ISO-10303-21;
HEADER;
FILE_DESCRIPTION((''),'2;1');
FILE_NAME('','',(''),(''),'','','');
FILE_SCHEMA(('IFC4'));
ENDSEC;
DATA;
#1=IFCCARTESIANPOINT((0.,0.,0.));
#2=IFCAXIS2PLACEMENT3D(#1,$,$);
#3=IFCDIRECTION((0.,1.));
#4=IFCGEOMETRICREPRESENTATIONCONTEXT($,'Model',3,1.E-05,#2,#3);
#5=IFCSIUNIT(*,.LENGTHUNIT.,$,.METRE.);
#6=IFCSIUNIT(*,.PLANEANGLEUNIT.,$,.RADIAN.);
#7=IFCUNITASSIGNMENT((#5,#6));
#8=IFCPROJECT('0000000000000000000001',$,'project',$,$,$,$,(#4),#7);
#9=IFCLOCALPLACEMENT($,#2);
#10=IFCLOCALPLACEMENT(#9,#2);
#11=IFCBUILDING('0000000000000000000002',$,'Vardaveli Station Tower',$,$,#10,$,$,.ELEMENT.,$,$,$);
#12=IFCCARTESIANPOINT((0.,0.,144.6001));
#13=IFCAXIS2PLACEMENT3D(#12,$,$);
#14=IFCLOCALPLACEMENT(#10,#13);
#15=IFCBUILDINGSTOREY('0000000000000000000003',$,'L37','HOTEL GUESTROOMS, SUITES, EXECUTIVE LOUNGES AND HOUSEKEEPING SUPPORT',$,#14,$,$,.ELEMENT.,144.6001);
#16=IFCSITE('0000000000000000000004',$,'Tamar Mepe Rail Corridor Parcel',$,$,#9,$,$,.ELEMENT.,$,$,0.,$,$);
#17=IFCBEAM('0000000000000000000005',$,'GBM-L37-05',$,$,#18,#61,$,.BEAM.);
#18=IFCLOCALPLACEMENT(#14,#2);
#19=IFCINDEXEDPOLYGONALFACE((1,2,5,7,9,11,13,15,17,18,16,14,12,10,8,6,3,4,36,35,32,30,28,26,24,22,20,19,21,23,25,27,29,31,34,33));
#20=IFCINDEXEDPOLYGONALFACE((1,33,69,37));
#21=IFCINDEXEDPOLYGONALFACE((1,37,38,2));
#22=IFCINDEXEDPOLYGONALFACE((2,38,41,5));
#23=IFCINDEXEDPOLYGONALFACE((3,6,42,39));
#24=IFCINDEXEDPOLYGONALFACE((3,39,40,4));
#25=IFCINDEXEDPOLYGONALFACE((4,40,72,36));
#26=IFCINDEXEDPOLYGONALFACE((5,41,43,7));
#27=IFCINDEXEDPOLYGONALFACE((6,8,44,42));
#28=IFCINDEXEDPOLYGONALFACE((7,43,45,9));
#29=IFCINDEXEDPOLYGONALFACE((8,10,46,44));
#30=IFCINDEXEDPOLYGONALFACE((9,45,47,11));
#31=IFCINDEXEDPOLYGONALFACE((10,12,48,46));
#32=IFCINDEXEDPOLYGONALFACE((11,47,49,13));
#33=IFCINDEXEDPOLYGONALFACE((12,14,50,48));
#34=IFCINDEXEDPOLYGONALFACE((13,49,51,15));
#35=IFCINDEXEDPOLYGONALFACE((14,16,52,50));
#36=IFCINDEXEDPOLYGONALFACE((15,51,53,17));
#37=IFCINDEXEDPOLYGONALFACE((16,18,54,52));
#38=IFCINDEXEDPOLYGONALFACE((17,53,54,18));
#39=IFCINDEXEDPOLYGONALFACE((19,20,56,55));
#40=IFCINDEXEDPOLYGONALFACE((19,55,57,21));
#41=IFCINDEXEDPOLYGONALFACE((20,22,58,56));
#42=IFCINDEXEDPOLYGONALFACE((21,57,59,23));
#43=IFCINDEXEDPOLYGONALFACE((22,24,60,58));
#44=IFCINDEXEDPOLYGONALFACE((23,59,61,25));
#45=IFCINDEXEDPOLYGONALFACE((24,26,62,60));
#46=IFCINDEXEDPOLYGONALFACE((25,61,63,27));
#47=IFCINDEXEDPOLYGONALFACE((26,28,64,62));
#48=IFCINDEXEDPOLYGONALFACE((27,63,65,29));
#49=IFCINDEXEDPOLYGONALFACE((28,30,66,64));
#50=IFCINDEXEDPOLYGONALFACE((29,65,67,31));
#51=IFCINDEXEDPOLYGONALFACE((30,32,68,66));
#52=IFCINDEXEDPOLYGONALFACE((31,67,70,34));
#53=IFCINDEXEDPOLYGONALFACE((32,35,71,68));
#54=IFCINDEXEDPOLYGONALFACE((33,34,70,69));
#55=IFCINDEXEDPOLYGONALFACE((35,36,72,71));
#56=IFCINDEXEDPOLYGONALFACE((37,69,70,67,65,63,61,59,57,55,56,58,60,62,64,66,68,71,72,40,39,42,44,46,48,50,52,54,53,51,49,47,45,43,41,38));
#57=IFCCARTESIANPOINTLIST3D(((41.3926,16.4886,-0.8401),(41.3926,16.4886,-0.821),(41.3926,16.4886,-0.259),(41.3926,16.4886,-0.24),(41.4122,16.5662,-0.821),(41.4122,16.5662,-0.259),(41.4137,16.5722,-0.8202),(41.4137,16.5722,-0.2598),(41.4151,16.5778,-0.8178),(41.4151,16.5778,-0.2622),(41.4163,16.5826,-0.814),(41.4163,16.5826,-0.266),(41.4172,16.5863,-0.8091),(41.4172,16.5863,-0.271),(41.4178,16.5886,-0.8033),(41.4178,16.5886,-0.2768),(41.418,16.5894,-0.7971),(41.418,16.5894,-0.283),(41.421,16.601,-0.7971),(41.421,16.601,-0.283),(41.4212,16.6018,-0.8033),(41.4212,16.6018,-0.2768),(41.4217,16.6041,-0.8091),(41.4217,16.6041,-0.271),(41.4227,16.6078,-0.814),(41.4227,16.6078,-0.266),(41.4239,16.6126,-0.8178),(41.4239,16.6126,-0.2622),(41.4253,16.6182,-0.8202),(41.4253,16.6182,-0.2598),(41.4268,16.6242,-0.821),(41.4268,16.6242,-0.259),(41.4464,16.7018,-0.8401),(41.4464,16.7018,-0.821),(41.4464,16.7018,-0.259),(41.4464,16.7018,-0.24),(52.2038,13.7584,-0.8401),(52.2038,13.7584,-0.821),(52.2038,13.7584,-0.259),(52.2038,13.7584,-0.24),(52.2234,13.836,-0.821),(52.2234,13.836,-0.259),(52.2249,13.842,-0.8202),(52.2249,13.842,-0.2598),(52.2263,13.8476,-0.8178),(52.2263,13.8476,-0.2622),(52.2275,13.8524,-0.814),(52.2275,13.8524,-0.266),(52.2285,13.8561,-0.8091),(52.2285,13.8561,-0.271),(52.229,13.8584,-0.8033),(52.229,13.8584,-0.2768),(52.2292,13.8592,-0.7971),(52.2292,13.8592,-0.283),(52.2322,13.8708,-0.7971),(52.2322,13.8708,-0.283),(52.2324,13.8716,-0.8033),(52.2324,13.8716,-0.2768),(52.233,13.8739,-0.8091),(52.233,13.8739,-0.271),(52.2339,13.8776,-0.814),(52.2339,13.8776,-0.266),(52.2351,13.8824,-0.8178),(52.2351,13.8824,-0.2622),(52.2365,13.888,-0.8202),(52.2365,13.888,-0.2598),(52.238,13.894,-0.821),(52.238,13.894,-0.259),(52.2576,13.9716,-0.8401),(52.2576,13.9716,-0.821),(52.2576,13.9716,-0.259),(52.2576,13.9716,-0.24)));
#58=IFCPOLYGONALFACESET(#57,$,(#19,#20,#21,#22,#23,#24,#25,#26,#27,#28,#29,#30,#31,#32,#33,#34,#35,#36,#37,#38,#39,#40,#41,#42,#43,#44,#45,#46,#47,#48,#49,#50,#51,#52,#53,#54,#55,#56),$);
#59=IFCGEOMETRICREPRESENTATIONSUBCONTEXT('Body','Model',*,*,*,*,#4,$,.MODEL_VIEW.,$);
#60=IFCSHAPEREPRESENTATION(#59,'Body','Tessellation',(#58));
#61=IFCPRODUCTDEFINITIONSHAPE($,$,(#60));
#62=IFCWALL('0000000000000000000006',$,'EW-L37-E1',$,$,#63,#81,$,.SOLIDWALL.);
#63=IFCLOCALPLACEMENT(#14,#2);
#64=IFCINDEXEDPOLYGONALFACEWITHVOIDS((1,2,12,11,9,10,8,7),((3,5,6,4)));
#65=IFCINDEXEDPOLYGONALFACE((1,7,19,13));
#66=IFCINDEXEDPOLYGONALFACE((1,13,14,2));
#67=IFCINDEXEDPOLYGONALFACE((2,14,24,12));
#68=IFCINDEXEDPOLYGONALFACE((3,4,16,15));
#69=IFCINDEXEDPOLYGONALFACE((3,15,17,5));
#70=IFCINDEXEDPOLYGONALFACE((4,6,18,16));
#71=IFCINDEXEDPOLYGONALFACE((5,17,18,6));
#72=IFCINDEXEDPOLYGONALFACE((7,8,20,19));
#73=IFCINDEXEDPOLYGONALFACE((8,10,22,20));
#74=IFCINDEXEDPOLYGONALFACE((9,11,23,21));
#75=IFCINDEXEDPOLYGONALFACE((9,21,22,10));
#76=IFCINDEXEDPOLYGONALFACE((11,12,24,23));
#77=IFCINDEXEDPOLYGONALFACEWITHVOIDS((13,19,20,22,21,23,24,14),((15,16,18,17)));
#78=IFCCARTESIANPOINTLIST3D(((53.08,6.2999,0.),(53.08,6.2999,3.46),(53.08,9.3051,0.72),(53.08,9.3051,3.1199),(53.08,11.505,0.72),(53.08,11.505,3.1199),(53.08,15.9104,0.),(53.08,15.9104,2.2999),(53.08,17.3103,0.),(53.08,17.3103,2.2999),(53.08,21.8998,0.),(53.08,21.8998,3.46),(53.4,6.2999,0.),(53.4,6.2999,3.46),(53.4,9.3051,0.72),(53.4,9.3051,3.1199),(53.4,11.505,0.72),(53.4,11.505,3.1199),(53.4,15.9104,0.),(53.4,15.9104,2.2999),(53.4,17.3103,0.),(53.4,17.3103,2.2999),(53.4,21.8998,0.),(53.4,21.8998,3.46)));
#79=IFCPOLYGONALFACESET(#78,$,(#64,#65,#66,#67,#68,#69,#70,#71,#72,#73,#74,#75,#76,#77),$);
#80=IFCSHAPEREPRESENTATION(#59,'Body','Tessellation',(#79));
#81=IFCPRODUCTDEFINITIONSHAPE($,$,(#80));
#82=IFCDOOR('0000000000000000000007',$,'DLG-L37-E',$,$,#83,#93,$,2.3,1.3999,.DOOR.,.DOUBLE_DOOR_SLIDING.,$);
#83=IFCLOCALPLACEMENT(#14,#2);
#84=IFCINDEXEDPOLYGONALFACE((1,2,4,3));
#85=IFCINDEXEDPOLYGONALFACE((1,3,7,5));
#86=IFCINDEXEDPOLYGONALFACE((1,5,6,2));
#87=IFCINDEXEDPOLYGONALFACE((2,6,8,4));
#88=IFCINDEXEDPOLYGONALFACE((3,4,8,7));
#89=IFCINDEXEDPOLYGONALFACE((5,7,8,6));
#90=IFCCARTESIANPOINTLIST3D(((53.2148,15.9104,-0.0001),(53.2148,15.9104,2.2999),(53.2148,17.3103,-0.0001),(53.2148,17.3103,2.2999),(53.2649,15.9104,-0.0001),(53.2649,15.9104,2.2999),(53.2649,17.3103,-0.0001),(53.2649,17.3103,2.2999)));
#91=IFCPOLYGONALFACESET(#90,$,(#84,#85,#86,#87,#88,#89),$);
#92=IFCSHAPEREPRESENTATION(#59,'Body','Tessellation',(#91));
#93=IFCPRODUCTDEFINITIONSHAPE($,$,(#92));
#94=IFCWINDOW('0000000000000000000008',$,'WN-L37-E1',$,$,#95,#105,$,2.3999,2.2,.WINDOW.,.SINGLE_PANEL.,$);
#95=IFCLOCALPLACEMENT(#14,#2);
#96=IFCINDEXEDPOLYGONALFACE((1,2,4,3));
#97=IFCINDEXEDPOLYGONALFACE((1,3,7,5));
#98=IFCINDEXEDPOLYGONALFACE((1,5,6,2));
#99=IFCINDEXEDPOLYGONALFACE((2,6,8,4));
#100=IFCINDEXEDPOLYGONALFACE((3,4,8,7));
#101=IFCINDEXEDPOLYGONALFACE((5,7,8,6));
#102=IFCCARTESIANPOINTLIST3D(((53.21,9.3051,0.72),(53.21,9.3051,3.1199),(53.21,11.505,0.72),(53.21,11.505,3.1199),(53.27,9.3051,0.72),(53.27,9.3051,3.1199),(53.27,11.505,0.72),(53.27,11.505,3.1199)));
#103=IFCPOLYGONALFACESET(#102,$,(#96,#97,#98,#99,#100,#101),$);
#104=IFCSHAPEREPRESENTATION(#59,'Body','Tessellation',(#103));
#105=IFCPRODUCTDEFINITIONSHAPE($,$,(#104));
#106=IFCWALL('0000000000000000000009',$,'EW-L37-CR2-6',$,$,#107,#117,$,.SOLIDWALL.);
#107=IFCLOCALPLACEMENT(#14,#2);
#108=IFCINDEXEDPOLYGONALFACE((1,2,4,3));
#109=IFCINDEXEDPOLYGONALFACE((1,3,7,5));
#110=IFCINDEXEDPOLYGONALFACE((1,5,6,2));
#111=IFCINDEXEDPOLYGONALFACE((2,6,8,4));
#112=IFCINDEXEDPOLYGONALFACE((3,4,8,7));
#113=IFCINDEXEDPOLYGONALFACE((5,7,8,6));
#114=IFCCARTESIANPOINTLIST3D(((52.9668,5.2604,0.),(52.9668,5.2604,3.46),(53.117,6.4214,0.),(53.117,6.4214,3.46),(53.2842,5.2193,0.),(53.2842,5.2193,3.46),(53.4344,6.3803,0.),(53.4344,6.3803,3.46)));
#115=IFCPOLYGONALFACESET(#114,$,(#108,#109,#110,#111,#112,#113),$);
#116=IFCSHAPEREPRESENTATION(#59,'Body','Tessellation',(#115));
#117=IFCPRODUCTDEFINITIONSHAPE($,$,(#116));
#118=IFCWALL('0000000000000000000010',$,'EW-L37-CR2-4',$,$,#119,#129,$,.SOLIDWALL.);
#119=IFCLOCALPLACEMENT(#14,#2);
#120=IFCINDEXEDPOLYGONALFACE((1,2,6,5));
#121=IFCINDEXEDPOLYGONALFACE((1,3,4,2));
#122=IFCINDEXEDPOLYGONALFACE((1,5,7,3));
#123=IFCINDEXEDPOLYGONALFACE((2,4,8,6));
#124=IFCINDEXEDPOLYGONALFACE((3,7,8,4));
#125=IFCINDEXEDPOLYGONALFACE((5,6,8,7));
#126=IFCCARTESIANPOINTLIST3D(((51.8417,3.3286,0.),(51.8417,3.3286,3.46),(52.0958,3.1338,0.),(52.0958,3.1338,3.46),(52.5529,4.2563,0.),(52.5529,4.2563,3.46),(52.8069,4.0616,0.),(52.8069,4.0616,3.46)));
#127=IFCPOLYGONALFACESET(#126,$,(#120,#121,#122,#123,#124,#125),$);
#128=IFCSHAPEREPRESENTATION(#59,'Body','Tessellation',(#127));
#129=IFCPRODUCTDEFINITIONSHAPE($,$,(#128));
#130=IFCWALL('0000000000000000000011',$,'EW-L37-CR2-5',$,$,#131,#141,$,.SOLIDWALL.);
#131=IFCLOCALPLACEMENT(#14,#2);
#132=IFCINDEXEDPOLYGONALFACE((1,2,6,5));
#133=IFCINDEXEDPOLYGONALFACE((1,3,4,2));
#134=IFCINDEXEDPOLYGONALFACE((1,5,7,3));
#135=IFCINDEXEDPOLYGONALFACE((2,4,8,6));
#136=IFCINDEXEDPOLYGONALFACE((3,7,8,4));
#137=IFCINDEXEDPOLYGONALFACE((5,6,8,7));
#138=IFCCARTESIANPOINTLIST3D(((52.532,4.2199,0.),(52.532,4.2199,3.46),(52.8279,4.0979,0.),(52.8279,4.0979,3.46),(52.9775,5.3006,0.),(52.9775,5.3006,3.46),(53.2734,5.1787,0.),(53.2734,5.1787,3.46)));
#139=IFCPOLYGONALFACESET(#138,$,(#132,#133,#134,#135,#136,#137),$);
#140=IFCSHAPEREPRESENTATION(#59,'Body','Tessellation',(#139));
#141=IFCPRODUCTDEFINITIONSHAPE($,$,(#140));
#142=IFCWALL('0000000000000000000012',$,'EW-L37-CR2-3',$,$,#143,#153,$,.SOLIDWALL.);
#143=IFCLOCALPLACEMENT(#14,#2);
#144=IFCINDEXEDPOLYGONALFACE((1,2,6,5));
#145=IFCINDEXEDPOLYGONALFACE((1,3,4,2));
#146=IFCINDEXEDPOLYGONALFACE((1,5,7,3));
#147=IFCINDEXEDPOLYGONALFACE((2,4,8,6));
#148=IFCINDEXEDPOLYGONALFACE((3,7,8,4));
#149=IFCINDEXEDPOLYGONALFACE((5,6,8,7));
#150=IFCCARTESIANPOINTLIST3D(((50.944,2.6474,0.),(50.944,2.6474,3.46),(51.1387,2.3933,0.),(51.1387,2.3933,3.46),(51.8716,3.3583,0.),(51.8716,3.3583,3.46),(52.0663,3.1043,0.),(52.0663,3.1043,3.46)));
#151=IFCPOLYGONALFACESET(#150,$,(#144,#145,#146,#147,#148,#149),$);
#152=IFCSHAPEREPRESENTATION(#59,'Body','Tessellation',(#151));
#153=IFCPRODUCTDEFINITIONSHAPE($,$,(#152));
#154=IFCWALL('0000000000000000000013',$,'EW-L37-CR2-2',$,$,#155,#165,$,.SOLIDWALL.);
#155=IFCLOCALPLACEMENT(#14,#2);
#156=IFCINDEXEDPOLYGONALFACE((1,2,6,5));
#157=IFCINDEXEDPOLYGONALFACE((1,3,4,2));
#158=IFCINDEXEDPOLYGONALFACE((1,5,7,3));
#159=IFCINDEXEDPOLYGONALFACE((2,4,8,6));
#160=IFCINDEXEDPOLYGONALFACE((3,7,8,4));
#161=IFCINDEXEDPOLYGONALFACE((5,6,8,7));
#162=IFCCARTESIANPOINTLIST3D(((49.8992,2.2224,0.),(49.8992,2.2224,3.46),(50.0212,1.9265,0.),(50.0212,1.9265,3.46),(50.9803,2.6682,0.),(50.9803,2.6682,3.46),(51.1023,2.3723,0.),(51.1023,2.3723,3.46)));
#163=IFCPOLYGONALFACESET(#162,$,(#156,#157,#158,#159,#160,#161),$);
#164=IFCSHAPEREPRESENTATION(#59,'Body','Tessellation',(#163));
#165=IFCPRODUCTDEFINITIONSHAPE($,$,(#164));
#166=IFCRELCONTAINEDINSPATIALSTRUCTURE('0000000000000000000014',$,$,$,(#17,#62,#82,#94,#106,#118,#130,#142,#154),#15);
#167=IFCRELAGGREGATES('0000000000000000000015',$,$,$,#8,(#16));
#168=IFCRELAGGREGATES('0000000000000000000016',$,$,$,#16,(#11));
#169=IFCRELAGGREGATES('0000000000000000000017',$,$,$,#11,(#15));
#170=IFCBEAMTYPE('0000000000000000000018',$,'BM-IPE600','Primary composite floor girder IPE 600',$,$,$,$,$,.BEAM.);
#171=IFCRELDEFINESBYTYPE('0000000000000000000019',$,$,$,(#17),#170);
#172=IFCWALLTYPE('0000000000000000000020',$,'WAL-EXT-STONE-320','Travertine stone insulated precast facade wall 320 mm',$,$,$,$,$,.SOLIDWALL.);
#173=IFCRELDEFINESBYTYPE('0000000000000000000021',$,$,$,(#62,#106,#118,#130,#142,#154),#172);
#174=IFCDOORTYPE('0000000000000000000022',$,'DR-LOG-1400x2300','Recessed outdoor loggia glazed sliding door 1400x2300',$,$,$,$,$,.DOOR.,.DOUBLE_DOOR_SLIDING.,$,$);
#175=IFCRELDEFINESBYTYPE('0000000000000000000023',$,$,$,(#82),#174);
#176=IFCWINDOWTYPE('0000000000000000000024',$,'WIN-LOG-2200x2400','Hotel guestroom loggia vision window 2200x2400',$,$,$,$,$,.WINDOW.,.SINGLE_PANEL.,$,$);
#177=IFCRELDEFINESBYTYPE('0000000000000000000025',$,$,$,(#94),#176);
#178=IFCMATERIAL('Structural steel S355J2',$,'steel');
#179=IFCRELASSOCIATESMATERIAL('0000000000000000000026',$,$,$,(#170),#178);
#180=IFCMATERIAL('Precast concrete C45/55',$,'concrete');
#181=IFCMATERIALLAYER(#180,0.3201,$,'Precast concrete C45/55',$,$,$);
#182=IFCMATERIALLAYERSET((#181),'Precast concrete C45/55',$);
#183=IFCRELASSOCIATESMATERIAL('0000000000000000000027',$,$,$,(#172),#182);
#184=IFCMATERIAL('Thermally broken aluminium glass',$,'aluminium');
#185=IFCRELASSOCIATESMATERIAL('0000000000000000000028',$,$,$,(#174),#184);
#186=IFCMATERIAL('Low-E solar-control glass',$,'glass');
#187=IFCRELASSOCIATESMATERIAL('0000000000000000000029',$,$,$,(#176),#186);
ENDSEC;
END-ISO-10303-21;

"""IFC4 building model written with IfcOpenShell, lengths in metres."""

from ifc_helpers import new_model, si_unit, direction, frame, frame_2d, origin, origin_2d, place, context, subcontext, project, spatial, rectangle, i_section, extrude, source, transform, mapped, material, layer, layer_set, material_profile, profile_set, type_object, element, fill, save


model = new_model("IFC4")

# Units and contexts
model_context = context("Model", 3, precision=1e-05, world=origin(), true_north=direction((0.0, 1.0)))
body_context = subcontext(model_context, "Body", "Model", "MODEL_VIEW")
ifc_project = project(units=[si_unit("LENGTHUNIT", "METRE"), si_unit("PLANEANGLEUNIT", "RADIAN")], contexts=[model_context])

# Site, building, storey
site_placement = place(None, origin())
site = spatial("IfcSite", under=ifc_project, at=site_placement, Name="Tamar Mepe Rail Corridor Parcel", CompositionType="ELEMENT", RefElevation=0.0)
building_placement = place(site_placement, origin())
building = spatial("IfcBuilding", under=site, at=building_placement, Name="Vardaveli Station Tower", CompositionType="ELEMENT")
storey_placement = place(building_placement, frame((0.0, 0.0, 144.6001)))
storey = spatial("IfcBuildingStorey", under=building, at=storey_placement, Name="L37", Description="HOTEL GUESTROOMS, SUITES, EXECUTIVE LOUNGES AND HOUSEKEEPING SUPPORT", CompositionType="ELEMENT", Elevation=144.6001)

# Beam
ifc_material_1 = material(Name="Precast concrete C45/55", Category="concrete")
ifc_material_2 = material(Name="Structural steel S355J2", Category="steel")
ifc_material_profile_1 = material_profile(ifc_material_2, i_section(OverallWidth=0.22, OverallDepth=0.6001, WebThickness=0.012, FlangeThickness=0.019, FilletRadius=0.0239, at=origin_2d()), Name="IPE 600")
ifc_profile_set_1 = profile_set([ifc_material_profile_1], Name="Structural steel S355J2")
beam_type_1 = type_object("IfcBeamType", Name="BM-IPE600", Description="Primary composite floor girder IPE 600", PredefinedType="BEAM", material=ifc_profile_set_1)
shared_shape_1 = source(origin(), body_context, "Body", "SweptSolid", [
    extrude(i_section(OverallWidth=0.22, OverallDepth=0.6001, WebThickness=0.012, FlangeThickness=0.019, FilletRadius=0.0239, at=origin_2d()), origin(), (0.0, 0.0, 1.0), 11.1506),
])
beam_1_placement = place(storey_placement, frame((52.2307, 13.865, -0.54), z_axis=(-0.969561, 0.244848, 0.0), x_axis=(-0.244848, -0.969561, 0.0)))
element("IfcBeam", 1, at=beam_1_placement, inside=storey, type_object=beam_type_1, Name="GBM-L37-05", PredefinedType="BEAM", context=body_context, shape_type="MappedRepresentation", body=[
    mapped(shared_shape_1, transform((0.0, 0.0, 0.0), scale=1.0)),
])

# Wall, openings, door, window
ifc_layer_1 = layer(ifc_material_1, 0.3201, Name="Precast concrete C45/55")
ifc_layer_set_1 = layer_set([ifc_layer_1], Name="Precast concrete C45/55")
wall_type_1 = type_object("IfcWallType", Name="WAL-EXT-STONE-320", Description="Travertine stone insulated precast facade wall 320 mm", PredefinedType="SOLIDWALL", material=ifc_layer_set_1)
shared_shape_2 = source(origin(), body_context, "Body", "SweptSolid", [
    extrude(rectangle(XDim=15.5999, YDim=0.3201, at=frame_2d((7.7998, 0.0))), origin(), (0.0, 0.0, 1.0), 3.46),
])
wall_1_placement = place(storey_placement, frame((53.24, 6.3, 0.0), z_axis=(0.0, 0.0, 1.0), x_axis=(0.0, 1.0, 0.0)))
wall_1 = element("IfcWall", 2, at=wall_1_placement, inside=storey, type_object=wall_type_1, Name="EW-L37-E1", PredefinedType="SOLIDWALL", context=body_context, shape_type="MappedRepresentation", body=[
    mapped(shared_shape_2, transform((0.0, 0.0, 0.0), scale=1.0)),
])
shared_shape_3 = source(origin(), body_context, "Body", "SweptSolid", [
    extrude(rectangle(XDim=1.3999, YDim=2.3, at=frame_2d((0.7, 1.1499))), frame((0.0, 0.1699, 0.0), z_axis=(0.0, -1.0, 0.0), x_axis=(1.0, 0.0, 0.0)), (0.0, 0.0, 1.0), 0.3401),
])
opening_1_placement = place(wall_1_placement, frame((9.6104, 0.0, 0.0)))
opening_1 = element("IfcOpeningElement", 3, at=opening_1_placement, cuts=wall_1, PredefinedType="OPENING", context=body_context, shape_type="MappedRepresentation", body=[
    mapped(shared_shape_3, transform((0.0, 0.0, 0.0), scale=1.0)),
])
shared_shape_4 = source(origin(), body_context, "Body", "SweptSolid", [
    extrude(rectangle(XDim=2.2, YDim=2.3999, at=frame_2d((1.1001, 1.2))), frame((0.0, 0.1699, 0.0), z_axis=(0.0, -1.0, 0.0), x_axis=(1.0, 0.0, 0.0)), (0.0, 0.0, 1.0), 0.3401),
])
opening_2_placement = place(wall_1_placement, frame((3.0049, 0.0, 0.72)))
opening_2 = element("IfcOpeningElement", 4, at=opening_2_placement, cuts=wall_1, PredefinedType="OPENING", context=body_context, shape_type="MappedRepresentation", body=[
    mapped(shared_shape_4, transform((0.0, 0.0, 0.0), scale=1.0)),
])
ifc_material_3 = material(Name="Thermally broken aluminium glass", Category="aluminium")
door_type_1 = type_object("IfcDoorType", Name="DR-LOG-1400x2300", Description="Recessed outdoor loggia glazed sliding door 1400x2300", OperationType="DOUBLE_DOOR_SLIDING", PredefinedType="DOOR", material=ifc_material_3)
shared_shape_5 = source(origin(), body_context, "Body", "SweptSolid", [
    extrude(rectangle(XDim=1.3999, YDim=2.3, at=frame_2d((0.7, 1.1499))), frame((0.0, 0.0249, 0.0), z_axis=(0.0, -1.0, 0.0), x_axis=(1.0, 0.0, 0.0)), (0.0, 0.0, 1.0), 0.05),
])
door_1_placement = place(opening_1_placement, frame((1.3999, 0.0, 0.0), z_axis=(0.0, 0.0, 1.0), x_axis=(-1.0, 0.0, 0.0)))
door_1 = element("IfcDoor", 5, at=door_1_placement, inside=storey, type_object=door_type_1, Name="DLG-L37-E", OperationType="DOUBLE_DOOR_SLIDING", OverallHeight=2.3, OverallWidth=1.3999, PredefinedType="DOOR", context=body_context, shape_type="MappedRepresentation", body=[
    mapped(shared_shape_5, transform((0.0, 0.0, 0.0), scale=1.0)),
])
fill(opening_1, door_1)
ifc_material_4 = material(Name="Low-E solar-control glass", Category="glass")
window_type = type_object("IfcWindowType", Name="WIN-LOG-2200x2400", Description="Hotel guestroom loggia vision window 2200x2400", PartitioningType="SINGLE_PANEL", PredefinedType="WINDOW", material=ifc_material_4)
shared_shape_6 = source(origin(), body_context, "Body", "SweptSolid", [
    extrude(rectangle(XDim=2.2, YDim=2.3999, at=frame_2d((1.1001, 1.2))), frame((0.0, 0.03, 0.0), z_axis=(0.0, -1.0, 0.0), x_axis=(1.0, 0.0, 0.0)), (0.0, 0.0, 1.0), 0.0601),
])
window_placement = place(opening_2_placement, origin())
window = element("IfcWindow", 6, at=window_placement, inside=storey, type_object=window_type, Name="WN-L37-E1", OverallHeight=2.3999, OverallWidth=2.2, PartitioningType="SINGLE_PANEL", PredefinedType="WINDOW", context=body_context, shape_type="MappedRepresentation", body=[
    mapped(shared_shape_6, transform((0.0, 0.0, 0.0), scale=1.0)),
])
fill(opening_2, window)

# Walls
shared_shape_7 = source(origin(), body_context, "Body", "SweptSolid", [
    extrude(rectangle(XDim=1.1707, YDim=0.3201, at=frame_2d((0.5854, 0.0))), origin(), (0.0, 0.0, 1.0), 3.46),
])
wall_2_placement = place(storey_placement, frame((53.1255, 5.2397, 0.0), z_axis=(0.0, 0.0, 1.0), x_axis=(0.128269, 0.991739, 0.0)))
element("IfcWall", 7, at=wall_2_placement, inside=storey, type_object=wall_type_1, Name="EW-L37-CR2-6", PredefinedType="SOLIDWALL", context=body_context, shape_type="MappedRepresentation", body=[
    mapped(shared_shape_7, transform((0.0, 0.0, 0.0), scale=1.0)),
])
shared_shape_8 = source(origin(), body_context, "Body", "SweptSolid", [
    extrude(rectangle(XDim=1.1689, YDim=0.3201, at=frame_2d((0.5845, 0.0))), origin(), (0.0, 0.0, 1.0), 3.46),
])
for number, where, z_axis, x_axis, name in (
    (8, (51.9688, 3.2312, 0.0), (0.0, 0.0, 1.0), (0.608388, 0.79364, 0.0), "EW-L37-CR2-4"),
    (9, (52.6799, 4.1589, 0.0), (0.0, 0.0, 1.0), (0.381128, 0.924522, 0.0), "EW-L37-CR2-5"),
):
    element("IfcWall", number, at=place(storey_placement, frame(where, z_axis=z_axis, x_axis=x_axis)), inside=storey, type_object=wall_type_1, Name=name, PredefinedType="SOLIDWALL", context=body_context, shape_type="MappedRepresentation", body=[
        mapped(shared_shape_8, transform((0.0, 0.0, 0.0), scale=1.0)),
    ])
shared_shape_9 = source(origin(), body_context, "Body", "SweptSolid", [
    extrude(rectangle(XDim=1.1687, YDim=0.3201, at=frame_2d((0.5845, 0.0))), origin(), (0.0, 0.0, 1.0), 3.46),
])
wall_3_placement = place(storey_placement, frame((51.0413, 2.5203, 0.0), z_axis=(0.0, 0.0, 1.0), x_axis=(0.793664, 0.608357, 0.0)))
element("IfcWall", 10, at=wall_3_placement, inside=storey, type_object=wall_type_1, Name="EW-L37-CR2-3", PredefinedType="SOLIDWALL", context=body_context, shape_type="MappedRepresentation", body=[
    mapped(shared_shape_9, transform((0.0, 0.0, 0.0), scale=1.0)),
])
shared_shape_10 = source(origin(), body_context, "Body", "SweptSolid", [
    extrude(rectangle(XDim=1.1694, YDim=0.3201, at=frame_2d((0.5847, 0.0))), origin(), (0.0, 0.0, 1.0), 3.46),
])
wall_4_placement = place(storey_placement, frame((49.9602, 2.0745, 0.0), z_axis=(0.0, 0.0, 1.0), x_axis=(0.924479, 0.381233, 0.0)))
element("IfcWall", 11, at=wall_4_placement, inside=storey, type_object=wall_type_1, Name="EW-L37-CR2-2", PredefinedType="SOLIDWALL", context=body_context, shape_type="MappedRepresentation", body=[
    mapped(shared_shape_10, transform((0.0, 0.0, 0.0), scale=1.0)),
])

save(model, "model.ifc")
